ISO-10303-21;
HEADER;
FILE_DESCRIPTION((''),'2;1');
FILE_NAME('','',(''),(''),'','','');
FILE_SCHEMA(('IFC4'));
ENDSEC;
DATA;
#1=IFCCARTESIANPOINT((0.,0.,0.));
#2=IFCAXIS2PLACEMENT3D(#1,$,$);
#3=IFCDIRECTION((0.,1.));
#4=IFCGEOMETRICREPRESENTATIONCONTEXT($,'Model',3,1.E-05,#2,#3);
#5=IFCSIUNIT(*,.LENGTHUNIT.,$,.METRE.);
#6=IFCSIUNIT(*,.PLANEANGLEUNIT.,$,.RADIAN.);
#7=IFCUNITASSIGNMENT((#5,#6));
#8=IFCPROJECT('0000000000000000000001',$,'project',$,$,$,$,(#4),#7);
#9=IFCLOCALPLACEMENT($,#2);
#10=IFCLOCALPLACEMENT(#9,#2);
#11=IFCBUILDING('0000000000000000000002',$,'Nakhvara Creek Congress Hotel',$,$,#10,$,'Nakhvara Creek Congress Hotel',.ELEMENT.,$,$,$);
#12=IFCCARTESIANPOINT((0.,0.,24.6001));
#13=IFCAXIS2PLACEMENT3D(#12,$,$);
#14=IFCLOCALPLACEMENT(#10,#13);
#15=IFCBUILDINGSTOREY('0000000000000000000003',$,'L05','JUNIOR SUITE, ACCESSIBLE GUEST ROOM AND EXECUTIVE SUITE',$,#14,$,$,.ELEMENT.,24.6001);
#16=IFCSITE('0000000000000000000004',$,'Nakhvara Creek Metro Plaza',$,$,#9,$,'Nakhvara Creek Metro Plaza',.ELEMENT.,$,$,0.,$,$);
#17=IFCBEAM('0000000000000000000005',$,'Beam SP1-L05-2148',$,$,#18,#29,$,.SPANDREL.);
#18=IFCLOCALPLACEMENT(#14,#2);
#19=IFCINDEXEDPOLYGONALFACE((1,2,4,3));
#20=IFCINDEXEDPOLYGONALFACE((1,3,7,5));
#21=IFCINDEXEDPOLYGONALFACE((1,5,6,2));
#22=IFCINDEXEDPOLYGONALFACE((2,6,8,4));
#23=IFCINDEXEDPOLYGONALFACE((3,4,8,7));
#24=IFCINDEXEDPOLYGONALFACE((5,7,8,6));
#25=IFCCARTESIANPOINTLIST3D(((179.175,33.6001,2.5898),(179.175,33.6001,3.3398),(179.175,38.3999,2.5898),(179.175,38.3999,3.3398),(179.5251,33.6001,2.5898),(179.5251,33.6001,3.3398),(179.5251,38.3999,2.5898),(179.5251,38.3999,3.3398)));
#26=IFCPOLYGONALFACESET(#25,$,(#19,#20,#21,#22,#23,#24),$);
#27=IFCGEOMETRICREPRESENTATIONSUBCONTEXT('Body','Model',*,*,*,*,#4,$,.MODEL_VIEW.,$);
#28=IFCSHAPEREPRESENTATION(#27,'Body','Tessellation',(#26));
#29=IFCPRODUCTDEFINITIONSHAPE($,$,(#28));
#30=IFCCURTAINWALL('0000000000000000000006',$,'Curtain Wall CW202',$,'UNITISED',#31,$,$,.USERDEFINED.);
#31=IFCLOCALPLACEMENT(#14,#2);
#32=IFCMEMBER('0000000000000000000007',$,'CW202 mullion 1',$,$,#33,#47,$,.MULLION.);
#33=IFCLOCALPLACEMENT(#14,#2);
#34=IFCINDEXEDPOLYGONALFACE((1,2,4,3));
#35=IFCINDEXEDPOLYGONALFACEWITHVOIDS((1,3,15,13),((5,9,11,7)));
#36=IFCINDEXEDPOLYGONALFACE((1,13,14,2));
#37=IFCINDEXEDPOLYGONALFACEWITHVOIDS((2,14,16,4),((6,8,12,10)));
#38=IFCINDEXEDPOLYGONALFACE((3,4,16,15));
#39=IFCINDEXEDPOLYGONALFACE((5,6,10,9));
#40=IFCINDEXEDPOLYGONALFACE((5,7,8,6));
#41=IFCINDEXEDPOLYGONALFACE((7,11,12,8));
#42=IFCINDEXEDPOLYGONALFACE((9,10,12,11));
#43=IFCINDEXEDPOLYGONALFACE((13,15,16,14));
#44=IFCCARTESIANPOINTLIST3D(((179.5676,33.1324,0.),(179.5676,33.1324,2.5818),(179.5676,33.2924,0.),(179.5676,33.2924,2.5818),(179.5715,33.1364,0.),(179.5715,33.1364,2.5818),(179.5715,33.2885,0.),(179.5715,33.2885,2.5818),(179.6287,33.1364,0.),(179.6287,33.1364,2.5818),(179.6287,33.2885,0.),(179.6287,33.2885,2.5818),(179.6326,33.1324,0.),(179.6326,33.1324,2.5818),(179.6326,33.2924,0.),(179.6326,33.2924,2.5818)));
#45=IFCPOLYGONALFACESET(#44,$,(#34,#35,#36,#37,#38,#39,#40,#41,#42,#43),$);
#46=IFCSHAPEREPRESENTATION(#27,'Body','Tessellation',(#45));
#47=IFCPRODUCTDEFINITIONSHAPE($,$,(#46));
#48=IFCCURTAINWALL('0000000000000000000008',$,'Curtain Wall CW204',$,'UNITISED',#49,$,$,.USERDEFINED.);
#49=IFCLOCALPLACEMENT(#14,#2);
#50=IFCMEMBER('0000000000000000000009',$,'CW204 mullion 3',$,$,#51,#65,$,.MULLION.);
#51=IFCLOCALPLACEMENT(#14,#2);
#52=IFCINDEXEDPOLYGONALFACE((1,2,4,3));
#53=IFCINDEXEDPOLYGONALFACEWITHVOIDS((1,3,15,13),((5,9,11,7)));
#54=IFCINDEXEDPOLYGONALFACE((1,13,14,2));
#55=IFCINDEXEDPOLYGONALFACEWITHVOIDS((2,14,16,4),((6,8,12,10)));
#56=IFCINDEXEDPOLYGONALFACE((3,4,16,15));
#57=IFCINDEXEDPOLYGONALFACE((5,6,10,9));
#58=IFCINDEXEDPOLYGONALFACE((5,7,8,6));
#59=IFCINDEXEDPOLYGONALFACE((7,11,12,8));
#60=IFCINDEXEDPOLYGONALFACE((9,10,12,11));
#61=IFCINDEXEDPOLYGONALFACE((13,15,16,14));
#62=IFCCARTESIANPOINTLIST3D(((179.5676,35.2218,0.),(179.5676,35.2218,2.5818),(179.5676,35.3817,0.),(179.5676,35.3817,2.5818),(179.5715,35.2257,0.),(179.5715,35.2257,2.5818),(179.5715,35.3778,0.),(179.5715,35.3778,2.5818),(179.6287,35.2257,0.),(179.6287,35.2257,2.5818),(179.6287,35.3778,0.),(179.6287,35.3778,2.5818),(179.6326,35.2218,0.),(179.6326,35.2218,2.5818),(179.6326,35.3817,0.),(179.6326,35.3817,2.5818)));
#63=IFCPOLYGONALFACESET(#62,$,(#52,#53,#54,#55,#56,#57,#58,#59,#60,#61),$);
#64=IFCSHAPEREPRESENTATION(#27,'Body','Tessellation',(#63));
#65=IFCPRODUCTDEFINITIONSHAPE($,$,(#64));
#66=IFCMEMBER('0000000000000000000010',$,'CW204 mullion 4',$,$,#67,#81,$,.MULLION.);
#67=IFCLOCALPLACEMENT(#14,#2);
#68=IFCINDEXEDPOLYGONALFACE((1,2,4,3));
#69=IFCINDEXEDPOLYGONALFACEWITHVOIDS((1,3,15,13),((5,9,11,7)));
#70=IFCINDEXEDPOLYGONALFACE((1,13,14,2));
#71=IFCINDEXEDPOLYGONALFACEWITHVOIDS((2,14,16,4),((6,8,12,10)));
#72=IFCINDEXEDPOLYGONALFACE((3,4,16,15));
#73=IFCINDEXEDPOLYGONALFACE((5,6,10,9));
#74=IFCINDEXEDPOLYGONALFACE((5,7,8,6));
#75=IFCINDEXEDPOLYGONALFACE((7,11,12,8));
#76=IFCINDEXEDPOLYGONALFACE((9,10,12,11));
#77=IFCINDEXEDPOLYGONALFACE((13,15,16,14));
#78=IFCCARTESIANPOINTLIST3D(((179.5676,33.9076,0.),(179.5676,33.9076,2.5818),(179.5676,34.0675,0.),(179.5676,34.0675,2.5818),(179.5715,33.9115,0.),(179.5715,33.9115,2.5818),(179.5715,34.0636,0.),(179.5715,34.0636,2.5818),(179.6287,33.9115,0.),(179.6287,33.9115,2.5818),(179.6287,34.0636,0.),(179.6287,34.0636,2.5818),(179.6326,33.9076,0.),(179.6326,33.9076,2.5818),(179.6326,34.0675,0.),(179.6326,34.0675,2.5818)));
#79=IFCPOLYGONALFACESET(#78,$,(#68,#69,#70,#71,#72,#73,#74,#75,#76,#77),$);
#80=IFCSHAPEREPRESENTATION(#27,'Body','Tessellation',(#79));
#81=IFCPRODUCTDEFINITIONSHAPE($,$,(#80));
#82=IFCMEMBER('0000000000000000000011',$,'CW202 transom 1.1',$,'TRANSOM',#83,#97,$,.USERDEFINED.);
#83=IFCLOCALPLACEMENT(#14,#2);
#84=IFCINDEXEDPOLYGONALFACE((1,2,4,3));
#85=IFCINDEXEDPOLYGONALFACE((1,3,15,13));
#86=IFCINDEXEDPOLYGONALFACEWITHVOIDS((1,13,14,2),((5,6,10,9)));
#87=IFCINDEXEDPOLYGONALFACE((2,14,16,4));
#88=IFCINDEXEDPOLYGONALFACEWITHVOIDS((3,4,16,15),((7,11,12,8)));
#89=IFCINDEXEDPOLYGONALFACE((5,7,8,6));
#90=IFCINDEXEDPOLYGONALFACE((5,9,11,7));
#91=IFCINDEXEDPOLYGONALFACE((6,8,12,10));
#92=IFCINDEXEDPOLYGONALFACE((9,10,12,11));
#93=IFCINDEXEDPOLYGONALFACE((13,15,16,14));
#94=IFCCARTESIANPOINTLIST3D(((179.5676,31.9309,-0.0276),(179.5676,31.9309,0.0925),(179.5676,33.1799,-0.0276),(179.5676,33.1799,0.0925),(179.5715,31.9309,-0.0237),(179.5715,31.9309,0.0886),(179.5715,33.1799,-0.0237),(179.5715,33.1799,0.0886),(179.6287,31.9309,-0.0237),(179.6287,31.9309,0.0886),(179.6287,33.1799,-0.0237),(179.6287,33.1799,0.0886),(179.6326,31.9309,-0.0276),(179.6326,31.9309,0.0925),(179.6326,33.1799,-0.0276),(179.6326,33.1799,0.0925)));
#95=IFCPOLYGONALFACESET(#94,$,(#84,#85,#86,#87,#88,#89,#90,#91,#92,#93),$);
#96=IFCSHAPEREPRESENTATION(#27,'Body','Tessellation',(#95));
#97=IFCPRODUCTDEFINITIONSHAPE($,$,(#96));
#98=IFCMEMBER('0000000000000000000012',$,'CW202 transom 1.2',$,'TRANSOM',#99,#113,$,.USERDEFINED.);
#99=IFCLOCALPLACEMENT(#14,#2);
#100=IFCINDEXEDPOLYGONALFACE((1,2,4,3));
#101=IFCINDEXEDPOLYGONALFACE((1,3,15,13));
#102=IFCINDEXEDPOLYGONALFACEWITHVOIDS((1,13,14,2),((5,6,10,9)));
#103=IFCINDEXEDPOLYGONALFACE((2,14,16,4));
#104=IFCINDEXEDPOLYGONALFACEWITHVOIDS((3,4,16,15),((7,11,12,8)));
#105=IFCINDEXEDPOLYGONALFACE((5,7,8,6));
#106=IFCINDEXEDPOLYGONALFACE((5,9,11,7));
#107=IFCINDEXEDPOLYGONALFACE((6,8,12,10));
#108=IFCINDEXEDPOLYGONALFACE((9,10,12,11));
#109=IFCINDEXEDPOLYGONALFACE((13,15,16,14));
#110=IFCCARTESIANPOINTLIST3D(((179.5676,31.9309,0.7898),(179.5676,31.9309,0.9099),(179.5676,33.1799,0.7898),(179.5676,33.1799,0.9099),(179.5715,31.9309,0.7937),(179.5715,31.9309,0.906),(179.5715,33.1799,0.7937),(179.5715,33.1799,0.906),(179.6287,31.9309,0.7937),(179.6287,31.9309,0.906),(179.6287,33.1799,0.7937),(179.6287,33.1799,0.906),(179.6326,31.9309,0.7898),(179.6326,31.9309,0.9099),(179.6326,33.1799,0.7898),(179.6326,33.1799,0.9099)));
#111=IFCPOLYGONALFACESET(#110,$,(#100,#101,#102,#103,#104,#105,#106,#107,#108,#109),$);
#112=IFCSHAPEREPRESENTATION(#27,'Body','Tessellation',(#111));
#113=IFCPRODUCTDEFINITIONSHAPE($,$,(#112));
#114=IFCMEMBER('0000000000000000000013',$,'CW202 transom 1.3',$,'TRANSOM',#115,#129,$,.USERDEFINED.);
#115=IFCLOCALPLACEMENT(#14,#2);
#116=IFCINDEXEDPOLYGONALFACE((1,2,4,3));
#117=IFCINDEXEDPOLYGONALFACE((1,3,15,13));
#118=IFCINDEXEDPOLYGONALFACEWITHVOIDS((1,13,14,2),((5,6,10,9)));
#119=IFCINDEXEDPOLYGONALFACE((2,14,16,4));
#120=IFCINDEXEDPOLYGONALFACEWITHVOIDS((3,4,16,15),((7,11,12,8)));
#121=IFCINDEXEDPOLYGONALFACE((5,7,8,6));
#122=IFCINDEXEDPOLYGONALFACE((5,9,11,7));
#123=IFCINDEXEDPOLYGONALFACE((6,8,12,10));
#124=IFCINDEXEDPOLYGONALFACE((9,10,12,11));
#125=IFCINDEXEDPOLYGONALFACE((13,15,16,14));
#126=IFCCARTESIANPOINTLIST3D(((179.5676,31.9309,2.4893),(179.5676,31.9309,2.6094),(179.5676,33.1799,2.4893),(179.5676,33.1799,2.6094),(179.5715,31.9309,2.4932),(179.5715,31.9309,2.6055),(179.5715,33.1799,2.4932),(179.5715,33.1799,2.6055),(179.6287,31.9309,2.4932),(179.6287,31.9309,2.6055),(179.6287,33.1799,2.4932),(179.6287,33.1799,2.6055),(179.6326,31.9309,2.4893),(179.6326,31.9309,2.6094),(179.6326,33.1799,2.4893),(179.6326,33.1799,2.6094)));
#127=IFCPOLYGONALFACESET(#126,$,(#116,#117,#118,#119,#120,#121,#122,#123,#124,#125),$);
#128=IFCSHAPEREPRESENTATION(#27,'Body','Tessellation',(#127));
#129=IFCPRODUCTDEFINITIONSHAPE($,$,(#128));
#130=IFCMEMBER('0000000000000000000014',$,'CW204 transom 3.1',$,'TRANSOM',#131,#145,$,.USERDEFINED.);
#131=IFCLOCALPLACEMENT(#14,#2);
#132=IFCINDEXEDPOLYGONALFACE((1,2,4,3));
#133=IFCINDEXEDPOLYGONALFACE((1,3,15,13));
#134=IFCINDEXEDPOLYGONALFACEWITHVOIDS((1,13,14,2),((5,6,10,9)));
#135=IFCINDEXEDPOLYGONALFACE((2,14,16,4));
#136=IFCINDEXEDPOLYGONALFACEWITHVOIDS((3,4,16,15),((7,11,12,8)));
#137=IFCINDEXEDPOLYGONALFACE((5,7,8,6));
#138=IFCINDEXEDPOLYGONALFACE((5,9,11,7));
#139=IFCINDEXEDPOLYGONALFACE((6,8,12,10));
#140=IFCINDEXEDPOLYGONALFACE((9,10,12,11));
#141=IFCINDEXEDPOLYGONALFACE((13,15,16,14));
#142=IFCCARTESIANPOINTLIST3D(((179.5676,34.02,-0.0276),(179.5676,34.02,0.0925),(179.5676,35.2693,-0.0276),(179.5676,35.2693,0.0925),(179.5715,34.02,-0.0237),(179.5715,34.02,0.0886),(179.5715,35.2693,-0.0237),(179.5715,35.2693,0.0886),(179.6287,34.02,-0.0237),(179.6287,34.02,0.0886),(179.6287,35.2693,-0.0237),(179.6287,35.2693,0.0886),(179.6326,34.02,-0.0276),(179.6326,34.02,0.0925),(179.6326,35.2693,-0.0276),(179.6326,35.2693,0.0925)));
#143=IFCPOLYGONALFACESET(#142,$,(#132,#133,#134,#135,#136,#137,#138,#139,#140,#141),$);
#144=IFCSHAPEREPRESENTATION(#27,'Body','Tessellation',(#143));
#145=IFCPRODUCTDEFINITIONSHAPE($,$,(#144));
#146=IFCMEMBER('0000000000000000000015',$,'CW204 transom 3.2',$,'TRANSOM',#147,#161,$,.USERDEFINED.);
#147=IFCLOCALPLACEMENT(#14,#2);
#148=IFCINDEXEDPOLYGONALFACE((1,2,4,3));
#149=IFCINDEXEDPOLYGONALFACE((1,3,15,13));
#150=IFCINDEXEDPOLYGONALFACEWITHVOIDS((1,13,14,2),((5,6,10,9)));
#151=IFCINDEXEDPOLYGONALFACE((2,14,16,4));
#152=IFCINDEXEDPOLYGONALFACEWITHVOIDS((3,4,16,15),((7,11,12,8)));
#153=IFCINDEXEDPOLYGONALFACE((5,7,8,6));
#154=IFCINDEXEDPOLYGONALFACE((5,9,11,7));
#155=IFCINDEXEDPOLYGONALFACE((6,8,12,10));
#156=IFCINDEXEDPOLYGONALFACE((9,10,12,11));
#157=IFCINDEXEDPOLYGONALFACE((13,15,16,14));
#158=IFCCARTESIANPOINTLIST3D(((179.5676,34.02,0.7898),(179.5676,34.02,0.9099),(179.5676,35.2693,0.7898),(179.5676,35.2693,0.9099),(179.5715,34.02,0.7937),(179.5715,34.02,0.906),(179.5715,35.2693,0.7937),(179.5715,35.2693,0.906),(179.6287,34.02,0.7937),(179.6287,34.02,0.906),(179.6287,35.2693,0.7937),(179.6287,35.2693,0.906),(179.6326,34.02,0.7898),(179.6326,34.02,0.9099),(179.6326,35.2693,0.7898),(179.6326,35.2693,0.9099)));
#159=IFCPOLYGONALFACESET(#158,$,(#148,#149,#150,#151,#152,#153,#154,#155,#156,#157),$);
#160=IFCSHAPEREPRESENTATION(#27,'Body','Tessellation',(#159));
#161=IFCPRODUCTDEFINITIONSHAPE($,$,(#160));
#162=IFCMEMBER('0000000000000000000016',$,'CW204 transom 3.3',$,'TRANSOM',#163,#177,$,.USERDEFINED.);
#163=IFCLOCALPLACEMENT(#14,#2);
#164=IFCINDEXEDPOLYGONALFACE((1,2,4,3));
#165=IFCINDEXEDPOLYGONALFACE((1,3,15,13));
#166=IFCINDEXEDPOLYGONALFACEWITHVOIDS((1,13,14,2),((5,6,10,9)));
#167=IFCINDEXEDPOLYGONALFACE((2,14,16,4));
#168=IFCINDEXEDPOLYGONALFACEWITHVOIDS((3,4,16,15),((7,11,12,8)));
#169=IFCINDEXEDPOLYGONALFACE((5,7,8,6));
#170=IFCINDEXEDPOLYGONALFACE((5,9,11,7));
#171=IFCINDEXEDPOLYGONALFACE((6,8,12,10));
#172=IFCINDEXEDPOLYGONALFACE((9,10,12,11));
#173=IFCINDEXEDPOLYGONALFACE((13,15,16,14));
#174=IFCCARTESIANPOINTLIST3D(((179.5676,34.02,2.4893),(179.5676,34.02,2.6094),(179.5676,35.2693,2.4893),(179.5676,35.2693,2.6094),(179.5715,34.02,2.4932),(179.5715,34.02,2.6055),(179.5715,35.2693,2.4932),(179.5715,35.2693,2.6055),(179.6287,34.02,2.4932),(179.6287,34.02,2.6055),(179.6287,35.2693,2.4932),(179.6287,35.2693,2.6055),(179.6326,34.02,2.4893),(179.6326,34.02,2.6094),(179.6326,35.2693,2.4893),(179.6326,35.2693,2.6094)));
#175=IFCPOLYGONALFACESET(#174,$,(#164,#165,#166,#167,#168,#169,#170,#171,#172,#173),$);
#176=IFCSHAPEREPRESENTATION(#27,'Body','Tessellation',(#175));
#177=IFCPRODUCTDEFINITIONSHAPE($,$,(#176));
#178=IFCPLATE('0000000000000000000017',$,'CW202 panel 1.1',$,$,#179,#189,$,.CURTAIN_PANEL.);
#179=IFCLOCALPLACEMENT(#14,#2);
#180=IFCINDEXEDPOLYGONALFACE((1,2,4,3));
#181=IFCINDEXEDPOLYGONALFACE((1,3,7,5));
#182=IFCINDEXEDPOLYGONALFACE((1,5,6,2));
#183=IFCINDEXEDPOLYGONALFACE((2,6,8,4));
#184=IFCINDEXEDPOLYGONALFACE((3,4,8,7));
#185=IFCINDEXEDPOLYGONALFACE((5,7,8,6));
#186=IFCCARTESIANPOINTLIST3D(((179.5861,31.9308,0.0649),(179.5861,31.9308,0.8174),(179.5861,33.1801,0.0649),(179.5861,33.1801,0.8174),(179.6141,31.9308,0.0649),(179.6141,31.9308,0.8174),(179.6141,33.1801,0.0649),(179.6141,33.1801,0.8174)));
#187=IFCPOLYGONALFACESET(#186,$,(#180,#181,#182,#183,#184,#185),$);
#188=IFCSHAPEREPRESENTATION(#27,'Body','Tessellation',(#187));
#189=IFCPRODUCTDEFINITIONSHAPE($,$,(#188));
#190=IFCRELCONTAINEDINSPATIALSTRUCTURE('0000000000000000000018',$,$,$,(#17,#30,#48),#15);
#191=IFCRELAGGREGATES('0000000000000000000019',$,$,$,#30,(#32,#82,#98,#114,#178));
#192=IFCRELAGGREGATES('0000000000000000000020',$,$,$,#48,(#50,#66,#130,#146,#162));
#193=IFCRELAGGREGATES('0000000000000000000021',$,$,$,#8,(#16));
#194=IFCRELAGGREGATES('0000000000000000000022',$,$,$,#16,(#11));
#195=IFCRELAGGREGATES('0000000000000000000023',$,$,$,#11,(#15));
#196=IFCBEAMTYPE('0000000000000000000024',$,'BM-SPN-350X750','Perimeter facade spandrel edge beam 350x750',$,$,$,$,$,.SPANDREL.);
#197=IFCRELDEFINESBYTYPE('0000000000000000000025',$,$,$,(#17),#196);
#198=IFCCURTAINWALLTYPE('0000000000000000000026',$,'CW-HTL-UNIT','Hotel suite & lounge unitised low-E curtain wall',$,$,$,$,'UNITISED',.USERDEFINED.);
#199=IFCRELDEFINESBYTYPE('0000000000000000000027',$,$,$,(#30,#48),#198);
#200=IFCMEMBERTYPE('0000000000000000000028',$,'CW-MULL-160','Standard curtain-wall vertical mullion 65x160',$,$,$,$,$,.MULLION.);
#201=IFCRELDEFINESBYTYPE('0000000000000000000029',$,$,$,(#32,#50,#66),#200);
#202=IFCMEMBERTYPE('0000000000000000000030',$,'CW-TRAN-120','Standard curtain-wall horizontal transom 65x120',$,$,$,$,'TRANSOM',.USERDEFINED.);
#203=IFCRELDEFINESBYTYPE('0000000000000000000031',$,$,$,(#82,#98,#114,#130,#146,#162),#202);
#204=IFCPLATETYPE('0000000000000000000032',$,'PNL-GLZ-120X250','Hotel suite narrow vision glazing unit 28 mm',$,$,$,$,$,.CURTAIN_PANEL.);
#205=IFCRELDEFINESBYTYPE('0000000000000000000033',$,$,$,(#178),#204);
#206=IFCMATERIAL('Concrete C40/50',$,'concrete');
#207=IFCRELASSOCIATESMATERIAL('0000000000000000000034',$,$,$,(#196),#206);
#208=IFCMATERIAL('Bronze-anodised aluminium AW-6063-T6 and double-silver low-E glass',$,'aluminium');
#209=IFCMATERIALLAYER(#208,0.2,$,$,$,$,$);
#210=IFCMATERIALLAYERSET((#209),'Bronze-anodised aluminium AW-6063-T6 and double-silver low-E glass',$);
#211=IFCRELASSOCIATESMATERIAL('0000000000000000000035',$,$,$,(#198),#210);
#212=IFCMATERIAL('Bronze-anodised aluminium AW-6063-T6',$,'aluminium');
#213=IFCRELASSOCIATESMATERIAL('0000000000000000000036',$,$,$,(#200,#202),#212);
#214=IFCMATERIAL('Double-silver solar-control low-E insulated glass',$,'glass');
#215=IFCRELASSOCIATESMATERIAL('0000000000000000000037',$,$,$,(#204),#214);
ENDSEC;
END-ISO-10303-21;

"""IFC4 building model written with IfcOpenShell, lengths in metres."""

from ifc_helpers import new_model, si_unit, direction, frame, origin, origin_2d, place, context, subcontext, project, spatial, rectangle, hollow_rectangle, extrude, material, layer, layer_set, material_profile, profile_set, type_object, element, aggregate, save


model = new_model("IFC4")

# Units and contexts
model_context = context("Model", 3, precision=1e-05, world=origin(), true_north=direction((0.0, 1.0)))
body_context = subcontext(model_context, "Body", "Model", "MODEL_VIEW")
ifc_project = project(units=[si_unit("LENGTHUNIT", "METRE"), si_unit("PLANEANGLEUNIT", "RADIAN")], contexts=[model_context])

# Site, building, storey
site_placement = place(None, origin())
site = spatial("IfcSite", under=ifc_project, at=site_placement, Name="Nakhvara Creek Metro Plaza", LongName="Nakhvara Creek Metro Plaza", CompositionType="ELEMENT", RefElevation=0.0)
building_placement = place(site_placement, origin())
building = spatial("IfcBuilding", under=site, at=building_placement, Name="Nakhvara Creek Congress Hotel", LongName="Nakhvara Creek Congress Hotel", CompositionType="ELEMENT")
storey_placement = place(building_placement, frame((0.0, 0.0, 24.6001)))
storey = spatial("IfcBuildingStorey", under=building, at=storey_placement, Name="L05", Description="JUNIOR SUITE, ACCESSIBLE GUEST ROOM AND EXECUTIVE SUITE", CompositionType="ELEMENT", Elevation=24.6001)

# Beam
ifc_material_1 = material(Name="Concrete C40/50", Category="concrete")
ifc_material_profile_1 = material_profile(ifc_material_1, rectangle(XDim=0.3501, YDim=0.75, at=origin_2d()), Name="RC-SPANDREL 350x750", Category="LoadBearing")
ifc_profile_set_1 = profile_set([ifc_material_profile_1], Name="Concrete C40/50")
beam_type = type_object("IfcBeamType", Name="BM-SPN-350X750", Description="Perimeter facade spandrel edge beam 350x750", PredefinedType="SPANDREL", material=ifc_profile_set_1)
beam_placement = place(storey_placement, frame((179.3501, 33.6001, 2.9648), z_axis=(0.0, 1.0, 0.0), x_axis=(-1.0, 0.0, 0.0)))
element("IfcBeam", 1, at=beam_placement, inside=storey, type_object=beam_type, Name="Beam SP1-L05-2148", PredefinedType="SPANDREL", context=body_context, shape_type="SweptSolid", body=[
    extrude(rectangle(XDim=0.3501, YDim=0.75, at=origin_2d()), origin(), (0.0, 0.0, 1.0), 4.7998),
])

# Curtain wall, member
ifc_material_2 = material(Name="Bronze-anodised aluminium AW-6063-T6 and double-silver low-E glass", Category="aluminium")
ifc_layer_1 = layer(ifc_material_2, 0.2)
ifc_layer_set_1 = layer_set([ifc_layer_1], Name="Bronze-anodised aluminium AW-6063-T6 and double-silver low-E glass")
curtain_wall_type = type_object("IfcCurtainWallType", Name="CW-HTL-UNIT", Description="Hotel suite & lounge unitised low-E curtain wall", ElementType="UNITISED", PredefinedType="USERDEFINED", material=ifc_layer_set_1)
curtain_wall_1_placement = place(storey_placement, origin())
curtain_wall_1 = element("IfcCurtainWall", 2, at=curtain_wall_1_placement, inside=storey, type_object=curtain_wall_type, Name="Curtain Wall CW202", ObjectType="UNITISED", PredefinedType="USERDEFINED")
ifc_material_3 = material(Name="Bronze-anodised aluminium AW-6063-T6", Category="aluminium")
ifc_material_profile_2 = material_profile(ifc_material_3, hollow_rectangle(XDim=0.0649, YDim=0.1599, WallThickness=0.0039, at=origin_2d()), Name="ALU-MULL 65x160x4", Category="LoadBearing")
ifc_profile_set_2 = profile_set([ifc_material_profile_2], Name="Bronze-anodised aluminium AW-6063-T6")
member_type_1 = type_object("IfcMemberType", Name="CW-MULL-160", Description="Standard curtain-wall vertical mullion 65x160", PredefinedType="MULLION", material=ifc_profile_set_2)
member_1_placement = place(storey_placement, frame((179.6001, 33.2124, 0.0), z_axis=(0.0, 0.0, 1.0), x_axis=(1.0, 0.0, 0.0)))
member_1 = element("IfcMember", 3, at=member_1_placement, type_object=member_type_1, Name="CW202 mullion 1", PredefinedType="MULLION", context=body_context, shape_type="SweptSolid", body=[
    extrude(hollow_rectangle(XDim=0.0649, YDim=0.1599, WallThickness=0.0039, at=origin_2d()), origin(), (0.0, 0.0, 1.0), 2.5818),
])

# Curtain wall, members
curtain_wall_2_placement = place(storey_placement, origin())
curtain_wall_2 = element("IfcCurtainWall", 4, at=curtain_wall_2_placement, inside=storey, type_object=curtain_wall_type, Name="Curtain Wall CW204", ObjectType="UNITISED", PredefinedType="USERDEFINED")
member_2_placement = place(storey_placement, frame((179.6001, 35.3018, 0.0), z_axis=(0.0, 0.0, 1.0), x_axis=(1.0, 0.0, 0.0)))
member_2 = element("IfcMember", 5, at=member_2_placement, type_object=member_type_1, Name="CW204 mullion 3", PredefinedType="MULLION", context=body_context, shape_type="SweptSolid", body=[
    extrude(hollow_rectangle(XDim=0.0649, YDim=0.1599, WallThickness=0.0039, at=origin_2d()), origin(), (0.0, 0.0, 1.0), 2.5818),
])
member_3_placement = place(storey_placement, frame((179.6001, 33.9875, 0.0), z_axis=(0.0, 0.0, 1.0), x_axis=(1.0, 0.0, 0.0)))
member_3 = element("IfcMember", 6, at=member_3_placement, type_object=member_type_1, Name="CW204 mullion 4", PredefinedType="MULLION", context=body_context, shape_type="SweptSolid", body=[
    extrude(hollow_rectangle(XDim=0.0649, YDim=0.1599, WallThickness=0.0039, at=origin_2d()), origin(), (0.0, 0.0, 1.0), 2.5818),
])

# Members
ifc_material_profile_3 = material_profile(ifc_material_3, hollow_rectangle(XDim=0.0649, YDim=0.1201, WallThickness=0.0039, at=origin_2d()), Name="ALU-TRAN 65x120x4", Category="LoadBearing")
ifc_profile_set_3 = profile_set([ifc_material_profile_3], Name="Bronze-anodised aluminium AW-6063-T6")
member_type_2 = type_object("IfcMemberType", Name="CW-TRAN-120", Description="Standard curtain-wall horizontal transom 65x120", ElementType="TRANSOM", PredefinedType="USERDEFINED", material=ifc_profile_set_3)
member_4_placement = place(storey_placement, frame((179.6001, 33.1799, 0.0325), z_axis=(0.0, -1.0, 0.0), x_axis=(1.0, 0.0, 0.0)))
member_4 = element("IfcMember", 7, at=member_4_placement, type_object=member_type_2, Name="CW202 transom 1.1", ObjectType="TRANSOM", PredefinedType="USERDEFINED", context=body_context, shape_type="SweptSolid", body=[
    extrude(hollow_rectangle(XDim=0.0649, YDim=0.1201, WallThickness=0.0039, at=origin_2d()), origin(), (0.0, 0.0, 1.0), 1.249),
])
member_5_placement = place(storey_placement, frame((179.6001, 33.1799, 0.8499), z_axis=(0.0, -1.0, 0.0), x_axis=(1.0, 0.0, 0.0)))
member_5 = element("IfcMember", 8, at=member_5_placement, type_object=member_type_2, Name="CW202 transom 1.2", ObjectType="TRANSOM", PredefinedType="USERDEFINED", context=body_context, shape_type="SweptSolid", body=[
    extrude(hollow_rectangle(XDim=0.0649, YDim=0.1201, WallThickness=0.0039, at=origin_2d()), origin(), (0.0, 0.0, 1.0), 1.249),
])
member_6_placement = place(storey_placement, frame((179.6001, 33.1799, 2.5493), z_axis=(0.0, -1.0, 0.0), x_axis=(1.0, 0.0, 0.0)))
member_6 = element("IfcMember", 9, at=member_6_placement, type_object=member_type_2, Name="CW202 transom 1.3", ObjectType="TRANSOM", PredefinedType="USERDEFINED", context=body_context, shape_type="SweptSolid", body=[
    extrude(hollow_rectangle(XDim=0.0649, YDim=0.1201, WallThickness=0.0039, at=origin_2d()), origin(), (0.0, 0.0, 1.0), 1.249),
])
member_7_placement = place(storey_placement, frame((179.6001, 35.2693, 0.0325), z_axis=(0.0, -1.0, 0.0), x_axis=(1.0, 0.0, 0.0)))
member_7 = element("IfcMember", 10, at=member_7_placement, type_object=member_type_2, Name="CW204 transom 3.1", ObjectType="TRANSOM", PredefinedType="USERDEFINED", context=body_context, shape_type="SweptSolid", body=[
    extrude(hollow_rectangle(XDim=0.0649, YDim=0.1201, WallThickness=0.0039, at=origin_2d()), origin(), (0.0, 0.0, 1.0), 1.2493),
])
member_8_placement = place(storey_placement, frame((179.6001, 35.2693, 0.8499), z_axis=(0.0, -1.0, 0.0), x_axis=(1.0, 0.0, 0.0)))
member_8 = element("IfcMember", 11, at=member_8_placement, type_object=member_type_2, Name="CW204 transom 3.2", ObjectType="TRANSOM", PredefinedType="USERDEFINED", context=body_context, shape_type="SweptSolid", body=[
    extrude(hollow_rectangle(XDim=0.0649, YDim=0.1201, WallThickness=0.0039, at=origin_2d()), origin(), (0.0, 0.0, 1.0), 1.2493),
])
member_9_placement = place(storey_placement, frame((179.6001, 35.2693, 2.5493), z_axis=(0.0, -1.0, 0.0), x_axis=(1.0, 0.0, 0.0)))
member_9 = element("IfcMember", 12, at=member_9_placement, type_object=member_type_2, Name="CW204 transom 3.3", ObjectType="TRANSOM", PredefinedType="USERDEFINED", context=body_context, shape_type="SweptSolid", body=[
    extrude(hollow_rectangle(XDim=0.0649, YDim=0.1201, WallThickness=0.0039, at=origin_2d()), origin(), (0.0, 0.0, 1.0), 1.2493),
])

# Plate
ifc_material_4 = material(Name="Double-silver solar-control low-E insulated glass", Category="glass")
plate_type_1 = type_object("IfcPlateType", Name="PNL-GLZ-120X250", Description="Hotel suite narrow vision glazing unit 28 mm", PredefinedType="CURTAIN_PANEL", material=ifc_material_4)
plate_1_placement = place(storey_placement, frame((179.6001, 32.5554, 0.0649), z_axis=(0.0, 0.0, 1.0), x_axis=(0.0, -1.0, 0.0)))
plate_1 = element("IfcPlate", 13, at=plate_1_placement, type_object=plate_type_1, Name="CW202 panel 1.1", PredefinedType="CURTAIN_PANEL", context=body_context, shape_type="SweptSolid", body=[
    extrude(rectangle(XDim=1.2493, YDim=0.0281, at=origin_2d()), origin(), (0.0, 0.0, 1.0), 0.7524),
])
aggregate(curtain_wall_1, [member_1, member_4, member_5, member_6, plate_1])
aggregate(curtain_wall_2, [member_2, member_3, member_7, member_8, member_9])

save(model, "model.ifc")
